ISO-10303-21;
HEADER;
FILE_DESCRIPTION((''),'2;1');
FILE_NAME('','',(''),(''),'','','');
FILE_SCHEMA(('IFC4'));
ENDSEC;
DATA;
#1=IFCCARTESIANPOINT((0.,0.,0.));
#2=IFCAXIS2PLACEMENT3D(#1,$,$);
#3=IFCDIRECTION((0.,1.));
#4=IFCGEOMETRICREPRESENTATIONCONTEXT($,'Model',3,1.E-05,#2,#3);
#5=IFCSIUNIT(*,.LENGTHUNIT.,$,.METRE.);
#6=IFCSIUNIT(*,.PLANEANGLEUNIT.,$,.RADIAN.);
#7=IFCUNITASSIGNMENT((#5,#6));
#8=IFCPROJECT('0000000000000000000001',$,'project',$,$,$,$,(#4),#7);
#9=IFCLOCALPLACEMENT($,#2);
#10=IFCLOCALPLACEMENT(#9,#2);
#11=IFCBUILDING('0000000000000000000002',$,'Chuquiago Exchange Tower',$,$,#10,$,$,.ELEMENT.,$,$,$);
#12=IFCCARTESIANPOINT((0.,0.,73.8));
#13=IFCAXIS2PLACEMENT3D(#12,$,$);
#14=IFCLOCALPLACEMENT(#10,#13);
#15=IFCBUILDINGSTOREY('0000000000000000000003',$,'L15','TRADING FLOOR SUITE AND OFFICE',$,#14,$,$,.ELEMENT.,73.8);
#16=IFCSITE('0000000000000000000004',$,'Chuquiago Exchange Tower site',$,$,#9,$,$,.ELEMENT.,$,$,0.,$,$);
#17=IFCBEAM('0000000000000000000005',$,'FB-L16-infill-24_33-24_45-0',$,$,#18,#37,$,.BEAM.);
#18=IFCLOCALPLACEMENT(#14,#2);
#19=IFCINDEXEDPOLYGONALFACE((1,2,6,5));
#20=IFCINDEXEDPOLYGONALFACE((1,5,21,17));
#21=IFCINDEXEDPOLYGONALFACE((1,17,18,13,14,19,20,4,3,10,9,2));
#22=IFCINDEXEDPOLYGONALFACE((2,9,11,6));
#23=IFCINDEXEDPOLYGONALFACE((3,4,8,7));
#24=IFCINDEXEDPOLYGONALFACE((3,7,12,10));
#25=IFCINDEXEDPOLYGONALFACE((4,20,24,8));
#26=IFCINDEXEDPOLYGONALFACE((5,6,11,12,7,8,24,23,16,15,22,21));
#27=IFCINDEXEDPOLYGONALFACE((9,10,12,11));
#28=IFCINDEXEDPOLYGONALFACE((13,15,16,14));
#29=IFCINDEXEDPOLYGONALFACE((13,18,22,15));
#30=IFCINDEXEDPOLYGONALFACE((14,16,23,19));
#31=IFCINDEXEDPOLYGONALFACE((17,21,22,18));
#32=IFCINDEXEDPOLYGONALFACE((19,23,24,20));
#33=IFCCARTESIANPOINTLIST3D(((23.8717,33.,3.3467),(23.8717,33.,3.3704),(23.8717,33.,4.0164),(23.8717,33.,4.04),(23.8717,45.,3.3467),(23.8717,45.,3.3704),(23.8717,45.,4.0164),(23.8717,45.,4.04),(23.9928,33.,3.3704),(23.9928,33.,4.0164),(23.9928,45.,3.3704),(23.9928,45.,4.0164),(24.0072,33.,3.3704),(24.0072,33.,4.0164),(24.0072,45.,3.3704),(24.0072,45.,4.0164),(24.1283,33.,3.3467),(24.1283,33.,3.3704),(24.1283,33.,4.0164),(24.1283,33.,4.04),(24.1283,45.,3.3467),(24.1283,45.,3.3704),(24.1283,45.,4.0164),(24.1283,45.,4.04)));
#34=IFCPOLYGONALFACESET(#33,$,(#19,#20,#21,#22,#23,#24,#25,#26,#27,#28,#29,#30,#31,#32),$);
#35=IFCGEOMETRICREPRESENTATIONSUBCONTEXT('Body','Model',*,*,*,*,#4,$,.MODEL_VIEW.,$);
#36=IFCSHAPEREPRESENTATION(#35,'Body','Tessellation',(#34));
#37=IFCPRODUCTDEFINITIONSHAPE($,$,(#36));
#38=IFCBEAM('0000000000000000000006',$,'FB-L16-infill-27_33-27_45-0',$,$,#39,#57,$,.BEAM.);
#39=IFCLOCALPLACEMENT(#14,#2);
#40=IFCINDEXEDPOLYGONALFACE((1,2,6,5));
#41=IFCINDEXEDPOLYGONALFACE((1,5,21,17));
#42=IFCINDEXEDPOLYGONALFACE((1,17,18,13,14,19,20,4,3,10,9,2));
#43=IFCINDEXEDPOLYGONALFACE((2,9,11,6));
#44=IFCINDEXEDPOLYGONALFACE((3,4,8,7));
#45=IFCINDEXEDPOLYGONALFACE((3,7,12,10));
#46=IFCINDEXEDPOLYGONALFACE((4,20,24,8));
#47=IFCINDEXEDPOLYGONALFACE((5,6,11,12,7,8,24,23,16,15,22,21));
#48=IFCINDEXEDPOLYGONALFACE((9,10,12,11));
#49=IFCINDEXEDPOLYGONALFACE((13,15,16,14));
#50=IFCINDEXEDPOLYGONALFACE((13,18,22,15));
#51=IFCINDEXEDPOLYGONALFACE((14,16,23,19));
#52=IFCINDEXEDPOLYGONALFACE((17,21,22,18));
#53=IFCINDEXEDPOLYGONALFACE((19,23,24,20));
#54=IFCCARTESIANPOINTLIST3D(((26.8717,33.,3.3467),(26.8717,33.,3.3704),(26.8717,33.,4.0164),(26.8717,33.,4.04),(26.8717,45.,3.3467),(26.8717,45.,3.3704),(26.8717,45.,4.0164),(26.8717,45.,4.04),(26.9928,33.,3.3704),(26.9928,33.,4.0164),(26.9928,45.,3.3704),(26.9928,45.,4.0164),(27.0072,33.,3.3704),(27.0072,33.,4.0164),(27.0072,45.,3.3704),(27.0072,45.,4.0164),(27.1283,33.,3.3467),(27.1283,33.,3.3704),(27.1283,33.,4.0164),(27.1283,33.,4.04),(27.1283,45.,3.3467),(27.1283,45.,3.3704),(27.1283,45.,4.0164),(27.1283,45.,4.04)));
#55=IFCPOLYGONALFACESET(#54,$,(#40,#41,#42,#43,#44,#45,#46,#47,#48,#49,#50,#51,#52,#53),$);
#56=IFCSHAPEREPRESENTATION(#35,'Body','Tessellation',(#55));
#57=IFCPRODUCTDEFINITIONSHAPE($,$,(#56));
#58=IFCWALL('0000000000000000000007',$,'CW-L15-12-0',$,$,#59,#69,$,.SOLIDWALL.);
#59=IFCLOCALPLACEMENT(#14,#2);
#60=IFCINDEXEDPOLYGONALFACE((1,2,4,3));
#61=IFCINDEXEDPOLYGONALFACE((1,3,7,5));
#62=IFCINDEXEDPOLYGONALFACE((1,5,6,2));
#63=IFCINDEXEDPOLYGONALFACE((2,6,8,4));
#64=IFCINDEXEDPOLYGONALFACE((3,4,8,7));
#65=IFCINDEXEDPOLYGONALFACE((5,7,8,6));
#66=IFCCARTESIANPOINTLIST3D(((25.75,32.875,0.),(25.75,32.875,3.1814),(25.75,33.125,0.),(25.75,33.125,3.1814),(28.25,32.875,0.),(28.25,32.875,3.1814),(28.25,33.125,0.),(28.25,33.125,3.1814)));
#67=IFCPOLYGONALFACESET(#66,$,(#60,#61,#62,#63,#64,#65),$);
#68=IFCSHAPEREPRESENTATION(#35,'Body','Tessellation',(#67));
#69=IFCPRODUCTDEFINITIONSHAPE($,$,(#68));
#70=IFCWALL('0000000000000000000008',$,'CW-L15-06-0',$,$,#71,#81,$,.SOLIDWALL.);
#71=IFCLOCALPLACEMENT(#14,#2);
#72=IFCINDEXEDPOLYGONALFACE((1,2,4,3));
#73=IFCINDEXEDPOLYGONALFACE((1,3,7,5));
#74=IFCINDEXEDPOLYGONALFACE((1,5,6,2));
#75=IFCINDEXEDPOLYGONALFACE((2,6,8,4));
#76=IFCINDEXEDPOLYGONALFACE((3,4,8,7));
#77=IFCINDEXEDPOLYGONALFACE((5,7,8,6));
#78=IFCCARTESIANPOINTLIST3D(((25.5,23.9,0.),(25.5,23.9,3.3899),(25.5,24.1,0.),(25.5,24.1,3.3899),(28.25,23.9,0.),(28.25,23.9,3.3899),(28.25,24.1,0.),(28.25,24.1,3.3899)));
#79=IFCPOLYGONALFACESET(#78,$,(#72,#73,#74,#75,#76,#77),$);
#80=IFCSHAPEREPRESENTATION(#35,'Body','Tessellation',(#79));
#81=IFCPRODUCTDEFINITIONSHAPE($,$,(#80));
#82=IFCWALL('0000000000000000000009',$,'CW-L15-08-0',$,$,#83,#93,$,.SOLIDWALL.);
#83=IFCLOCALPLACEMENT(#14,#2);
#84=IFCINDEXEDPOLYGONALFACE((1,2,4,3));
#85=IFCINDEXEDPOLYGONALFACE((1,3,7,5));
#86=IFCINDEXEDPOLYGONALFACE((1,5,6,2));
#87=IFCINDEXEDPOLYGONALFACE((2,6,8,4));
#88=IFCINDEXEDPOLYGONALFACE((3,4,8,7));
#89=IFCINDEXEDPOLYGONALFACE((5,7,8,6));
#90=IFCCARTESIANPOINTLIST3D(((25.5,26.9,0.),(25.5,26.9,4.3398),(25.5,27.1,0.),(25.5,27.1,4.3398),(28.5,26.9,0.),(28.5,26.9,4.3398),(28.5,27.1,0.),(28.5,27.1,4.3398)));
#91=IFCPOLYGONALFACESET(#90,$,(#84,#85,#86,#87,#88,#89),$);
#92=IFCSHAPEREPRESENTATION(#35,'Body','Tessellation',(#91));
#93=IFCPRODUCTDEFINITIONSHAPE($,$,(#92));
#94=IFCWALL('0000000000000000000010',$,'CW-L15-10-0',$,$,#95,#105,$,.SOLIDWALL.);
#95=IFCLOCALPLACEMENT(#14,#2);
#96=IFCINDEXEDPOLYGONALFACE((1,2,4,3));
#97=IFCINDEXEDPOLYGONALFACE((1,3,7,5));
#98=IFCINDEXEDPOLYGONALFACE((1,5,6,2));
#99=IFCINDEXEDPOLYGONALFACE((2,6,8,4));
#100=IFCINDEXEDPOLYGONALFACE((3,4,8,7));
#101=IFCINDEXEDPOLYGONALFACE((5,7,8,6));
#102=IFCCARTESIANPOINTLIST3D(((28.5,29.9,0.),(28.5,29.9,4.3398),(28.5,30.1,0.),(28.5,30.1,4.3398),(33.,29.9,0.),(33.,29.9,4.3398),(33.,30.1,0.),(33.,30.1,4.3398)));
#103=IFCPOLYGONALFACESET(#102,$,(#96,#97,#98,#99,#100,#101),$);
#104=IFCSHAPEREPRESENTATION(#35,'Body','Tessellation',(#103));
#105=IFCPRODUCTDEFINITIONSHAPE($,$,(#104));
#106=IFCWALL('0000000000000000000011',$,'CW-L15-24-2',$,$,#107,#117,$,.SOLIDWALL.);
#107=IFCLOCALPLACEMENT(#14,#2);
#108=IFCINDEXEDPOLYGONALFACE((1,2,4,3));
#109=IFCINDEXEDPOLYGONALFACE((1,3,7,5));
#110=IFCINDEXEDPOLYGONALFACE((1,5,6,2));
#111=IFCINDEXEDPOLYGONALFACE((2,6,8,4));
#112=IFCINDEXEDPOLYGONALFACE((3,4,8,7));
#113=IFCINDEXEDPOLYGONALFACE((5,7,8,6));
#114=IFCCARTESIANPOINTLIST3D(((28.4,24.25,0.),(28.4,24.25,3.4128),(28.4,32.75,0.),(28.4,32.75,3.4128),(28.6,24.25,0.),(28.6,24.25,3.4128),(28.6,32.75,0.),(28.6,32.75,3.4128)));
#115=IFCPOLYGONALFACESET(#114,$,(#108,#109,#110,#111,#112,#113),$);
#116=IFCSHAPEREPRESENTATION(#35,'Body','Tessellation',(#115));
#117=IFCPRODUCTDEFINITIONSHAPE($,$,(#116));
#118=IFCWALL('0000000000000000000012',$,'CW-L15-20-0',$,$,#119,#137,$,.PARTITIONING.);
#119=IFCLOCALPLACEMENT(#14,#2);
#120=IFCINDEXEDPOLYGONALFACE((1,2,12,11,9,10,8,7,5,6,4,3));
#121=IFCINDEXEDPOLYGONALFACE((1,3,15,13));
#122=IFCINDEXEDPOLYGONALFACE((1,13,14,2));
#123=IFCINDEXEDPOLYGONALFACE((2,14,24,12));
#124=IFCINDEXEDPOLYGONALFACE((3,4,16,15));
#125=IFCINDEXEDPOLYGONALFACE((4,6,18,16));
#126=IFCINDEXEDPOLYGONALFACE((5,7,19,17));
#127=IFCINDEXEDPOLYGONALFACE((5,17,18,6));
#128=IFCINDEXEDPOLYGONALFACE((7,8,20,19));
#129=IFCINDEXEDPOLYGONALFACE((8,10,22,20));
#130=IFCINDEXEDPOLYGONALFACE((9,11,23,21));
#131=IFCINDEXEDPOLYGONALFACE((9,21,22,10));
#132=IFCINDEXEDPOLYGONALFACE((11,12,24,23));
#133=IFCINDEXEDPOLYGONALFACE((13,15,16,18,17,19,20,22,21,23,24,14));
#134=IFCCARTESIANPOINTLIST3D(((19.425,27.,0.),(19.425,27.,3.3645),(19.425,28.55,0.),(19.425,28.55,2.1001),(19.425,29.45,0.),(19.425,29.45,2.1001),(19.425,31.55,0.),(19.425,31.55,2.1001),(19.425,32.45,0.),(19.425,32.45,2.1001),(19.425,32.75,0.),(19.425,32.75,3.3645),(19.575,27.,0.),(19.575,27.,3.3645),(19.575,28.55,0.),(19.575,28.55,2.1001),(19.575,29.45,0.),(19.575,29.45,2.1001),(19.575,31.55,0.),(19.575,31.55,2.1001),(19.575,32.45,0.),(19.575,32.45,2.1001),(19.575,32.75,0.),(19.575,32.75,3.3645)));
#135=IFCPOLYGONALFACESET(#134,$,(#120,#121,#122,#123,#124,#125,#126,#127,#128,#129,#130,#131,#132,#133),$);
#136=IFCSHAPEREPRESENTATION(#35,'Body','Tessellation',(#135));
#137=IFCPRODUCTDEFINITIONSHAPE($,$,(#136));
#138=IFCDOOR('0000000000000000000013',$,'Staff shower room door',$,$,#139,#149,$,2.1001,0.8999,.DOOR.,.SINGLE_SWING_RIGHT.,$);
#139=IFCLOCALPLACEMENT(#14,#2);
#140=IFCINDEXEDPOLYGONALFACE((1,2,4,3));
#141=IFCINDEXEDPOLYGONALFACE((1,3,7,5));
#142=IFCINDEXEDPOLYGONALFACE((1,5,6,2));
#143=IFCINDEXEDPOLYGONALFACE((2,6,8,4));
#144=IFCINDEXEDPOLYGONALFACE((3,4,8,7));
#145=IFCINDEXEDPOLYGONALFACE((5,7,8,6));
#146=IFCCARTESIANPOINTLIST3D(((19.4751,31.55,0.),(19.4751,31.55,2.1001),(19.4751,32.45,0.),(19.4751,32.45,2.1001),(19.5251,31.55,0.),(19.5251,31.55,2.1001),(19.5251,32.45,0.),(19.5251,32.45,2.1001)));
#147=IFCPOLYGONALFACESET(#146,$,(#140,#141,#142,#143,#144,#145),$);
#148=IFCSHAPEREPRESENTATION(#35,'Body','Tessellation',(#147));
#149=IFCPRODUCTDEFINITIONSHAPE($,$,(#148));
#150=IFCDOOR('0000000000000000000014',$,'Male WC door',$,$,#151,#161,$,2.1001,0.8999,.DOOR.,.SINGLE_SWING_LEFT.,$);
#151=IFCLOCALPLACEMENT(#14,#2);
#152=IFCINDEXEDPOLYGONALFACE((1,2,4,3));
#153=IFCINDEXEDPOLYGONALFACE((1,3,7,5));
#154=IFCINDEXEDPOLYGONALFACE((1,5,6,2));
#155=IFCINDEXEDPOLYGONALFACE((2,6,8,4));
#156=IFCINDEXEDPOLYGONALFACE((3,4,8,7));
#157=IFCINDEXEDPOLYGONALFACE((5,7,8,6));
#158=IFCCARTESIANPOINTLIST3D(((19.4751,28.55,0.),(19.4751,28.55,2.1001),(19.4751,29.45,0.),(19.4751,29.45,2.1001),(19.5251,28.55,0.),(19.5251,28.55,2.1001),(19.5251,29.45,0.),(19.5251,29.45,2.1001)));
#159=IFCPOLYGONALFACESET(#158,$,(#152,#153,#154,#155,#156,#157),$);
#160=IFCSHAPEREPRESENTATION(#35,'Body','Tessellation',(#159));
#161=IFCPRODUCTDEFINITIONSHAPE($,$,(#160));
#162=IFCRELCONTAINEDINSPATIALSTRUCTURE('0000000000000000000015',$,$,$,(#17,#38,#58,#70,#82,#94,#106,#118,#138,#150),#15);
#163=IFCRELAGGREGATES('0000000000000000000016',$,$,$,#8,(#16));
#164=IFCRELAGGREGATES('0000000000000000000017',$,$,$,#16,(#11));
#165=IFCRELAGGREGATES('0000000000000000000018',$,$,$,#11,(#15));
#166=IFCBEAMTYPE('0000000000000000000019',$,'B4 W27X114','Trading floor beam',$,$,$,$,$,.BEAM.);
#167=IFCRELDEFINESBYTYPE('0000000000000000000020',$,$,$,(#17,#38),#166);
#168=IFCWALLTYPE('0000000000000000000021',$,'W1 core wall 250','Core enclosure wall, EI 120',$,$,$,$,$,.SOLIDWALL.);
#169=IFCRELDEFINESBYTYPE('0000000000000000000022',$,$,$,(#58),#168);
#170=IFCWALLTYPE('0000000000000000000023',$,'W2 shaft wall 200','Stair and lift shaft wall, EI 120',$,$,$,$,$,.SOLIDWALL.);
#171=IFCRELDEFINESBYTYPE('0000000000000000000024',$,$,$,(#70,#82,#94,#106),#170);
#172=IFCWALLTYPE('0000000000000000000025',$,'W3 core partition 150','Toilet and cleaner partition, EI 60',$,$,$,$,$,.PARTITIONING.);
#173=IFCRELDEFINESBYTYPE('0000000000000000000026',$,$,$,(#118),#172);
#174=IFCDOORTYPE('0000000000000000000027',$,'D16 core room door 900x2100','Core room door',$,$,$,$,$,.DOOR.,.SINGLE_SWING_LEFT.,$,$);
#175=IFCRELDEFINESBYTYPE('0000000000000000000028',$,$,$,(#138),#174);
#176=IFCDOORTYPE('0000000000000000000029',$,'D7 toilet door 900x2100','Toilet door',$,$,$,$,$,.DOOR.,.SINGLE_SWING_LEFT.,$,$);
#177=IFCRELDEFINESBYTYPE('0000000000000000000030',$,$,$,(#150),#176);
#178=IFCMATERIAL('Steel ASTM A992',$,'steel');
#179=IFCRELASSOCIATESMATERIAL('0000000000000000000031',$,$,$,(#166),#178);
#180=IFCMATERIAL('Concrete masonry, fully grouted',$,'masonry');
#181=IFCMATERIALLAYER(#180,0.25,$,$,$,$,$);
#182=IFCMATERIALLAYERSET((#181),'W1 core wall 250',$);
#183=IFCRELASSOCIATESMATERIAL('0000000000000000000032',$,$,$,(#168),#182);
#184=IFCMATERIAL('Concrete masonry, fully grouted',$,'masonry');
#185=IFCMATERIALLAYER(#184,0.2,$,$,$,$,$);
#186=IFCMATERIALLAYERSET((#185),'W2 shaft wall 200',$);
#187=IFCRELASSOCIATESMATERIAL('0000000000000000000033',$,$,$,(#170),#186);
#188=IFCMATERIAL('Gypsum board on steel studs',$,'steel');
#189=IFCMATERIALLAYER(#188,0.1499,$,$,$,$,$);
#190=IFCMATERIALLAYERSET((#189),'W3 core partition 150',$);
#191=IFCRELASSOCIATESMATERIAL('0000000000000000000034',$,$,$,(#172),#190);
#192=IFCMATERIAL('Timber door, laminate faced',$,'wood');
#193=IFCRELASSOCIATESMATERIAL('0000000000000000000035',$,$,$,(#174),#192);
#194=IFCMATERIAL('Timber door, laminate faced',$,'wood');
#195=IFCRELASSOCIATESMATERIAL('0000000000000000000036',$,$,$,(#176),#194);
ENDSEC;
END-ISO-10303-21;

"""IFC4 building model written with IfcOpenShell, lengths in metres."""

from ifc_helpers import new_model, si_unit, direction, frame, frame_2d, origin, origin_2d, place, context, subcontext, project, spatial, rectangle, i_section, extrude, material, layer, layer_set, material_profile, profile_set, type_object, element, fill, save


model = new_model("IFC4")

# Units and contexts
model_context = context("Model", 3, precision=1e-05, world=origin(), true_north=direction((0.0, 1.0)))
body_context = subcontext(model_context, "Body", "Model", "MODEL_VIEW")
ifc_project = project(units=[si_unit("LENGTHUNIT", "METRE"), si_unit("PLANEANGLEUNIT", "RADIAN")], contexts=[model_context])

# Site, building, storey
site_placement = place(None, origin())
site = spatial("IfcSite", under=ifc_project, at=site_placement, Name="Chuquiago Exchange Tower site", CompositionType="ELEMENT", RefElevation=0.0)
building_placement = place(site_placement, origin())
building = spatial("IfcBuilding", under=site, at=building_placement, Name="Chuquiago Exchange Tower", CompositionType="ELEMENT")
storey_placement = place(building_placement, frame((0.0, 0.0, 73.8)))
storey = spatial("IfcBuildingStorey", under=building, at=storey_placement, Name="L15", Description="TRADING FLOOR SUITE AND OFFICE", CompositionType="ELEMENT", Elevation=73.8)

# Beams
ifc_material_1 = material(Name="Steel ASTM A992", Category="steel")
ifc_material_profile_1 = material_profile(ifc_material_1, i_section(OverallWidth=0.2566, OverallDepth=0.6934, WebThickness=0.0144, FlangeThickness=0.0237, at=origin_2d()), Name="W27X114")
ifc_profile_set_1 = profile_set([ifc_material_profile_1], Name="Steel ASTM A992")
beam_type_1 = type_object("IfcBeamType", Name="B4 W27X114", Description="Trading floor beam", PredefinedType="BEAM", material=ifc_profile_set_1)
for number, where, z_axis, x_axis, name in (
    (1, (24.0, 33.0, 3.6934), (0.0, 1.0, 0.0), (-1.0, 0.0, 0.0), "FB-L16-infill-24_33-24_45-0"),
    (2, (27.0, 33.0, 3.6934), (0.0, 1.0, 0.0), (-1.0, 0.0, 0.0), "FB-L16-infill-27_33-27_45-0"),
):
    element("IfcBeam", number, at=place(storey_placement, frame(where, z_axis=z_axis, x_axis=x_axis)), inside=storey, type_object=beam_type_1, Name=name, PredefinedType="BEAM", context=body_context, shape_type="SweptSolid", body=[
        extrude(i_section(OverallWidth=0.2566, OverallDepth=0.6934, WebThickness=0.0144, FlangeThickness=0.0237, at=origin_2d()), origin(), (0.0, 0.0, 1.0), 12.0),
    ])

# Walls
ifc_material_2 = material(Name="Concrete masonry, fully grouted", Category="masonry")
ifc_layer_1 = layer(ifc_material_2, 0.25)
ifc_layer_set_1 = layer_set([ifc_layer_1], Name="W1 core wall 250")
wall_type_1 = type_object("IfcWallType", Name="W1 core wall 250", Description="Core enclosure wall, EI 120", PredefinedType="SOLIDWALL", material=ifc_layer_set_1)
wall_1_placement = place(storey_placement, frame((25.75, 33.0, 0.0), z_axis=(0.0, 0.0, 1.0), x_axis=(1.0, 0.0, 0.0)))
element("IfcWall", 3, at=wall_1_placement, inside=storey, type_object=wall_type_1, Name="CW-L15-12-0", PredefinedType="SOLIDWALL", context=body_context, shape_type="SweptSolid", body=[
    extrude(rectangle(XDim=2.5, YDim=0.25, at=frame_2d((1.25, 0.0))), origin(), (0.0, 0.0, 1.0), 3.1814),
])
ifc_material_3 = material(Name="Concrete masonry, fully grouted", Category="masonry")
ifc_layer_2 = layer(ifc_material_3, 0.2)
ifc_layer_set_2 = layer_set([ifc_layer_2], Name="W2 shaft wall 200")
wall_type_2 = type_object("IfcWallType", Name="W2 shaft wall 200", Description="Stair and lift shaft wall, EI 120", PredefinedType="SOLIDWALL", material=ifc_layer_set_2)
wall_2_placement = place(storey_placement, frame((25.5, 24.0, 0.0), z_axis=(0.0, 0.0, 1.0), x_axis=(1.0, 0.0, 0.0)))
element("IfcWall", 4, at=wall_2_placement, inside=storey, type_object=wall_type_2, Name="CW-L15-06-0", PredefinedType="SOLIDWALL", context=body_context, shape_type="SweptSolid", body=[
    extrude(rectangle(XDim=2.75, YDim=0.2, at=frame_2d((1.375, 0.0))), origin(), (0.0, 0.0, 1.0), 3.3899),
])
wall_3_placement = place(storey_placement, frame((25.5, 27.0, 0.0), z_axis=(0.0, 0.0, 1.0), x_axis=(1.0, 0.0, 0.0)))
element("IfcWall", 5, at=wall_3_placement, inside=storey, type_object=wall_type_2, Name="CW-L15-08-0", PredefinedType="SOLIDWALL", context=body_context, shape_type="SweptSolid", body=[
    extrude(rectangle(XDim=3.0, YDim=0.2, at=frame_2d((1.5, 0.0))), origin(), (0.0, 0.0, 1.0), 4.3398),
])
wall_4_placement = place(storey_placement, frame((28.5, 30.0, 0.0), z_axis=(0.0, 0.0, 1.0), x_axis=(1.0, 0.0, 0.0)))
element("IfcWall", 6, at=wall_4_placement, inside=storey, type_object=wall_type_2, Name="CW-L15-10-0", PredefinedType="SOLIDWALL", context=body_context, shape_type="SweptSolid", body=[
    extrude(rectangle(XDim=4.5, YDim=0.2, at=frame_2d((2.25, 0.0))), origin(), (0.0, 0.0, 1.0), 4.3398),
])
wall_5_placement = place(storey_placement, frame((28.5, 24.25, 0.0), z_axis=(0.0, 0.0, 1.0), x_axis=(0.0, 1.0, 0.0)))
element("IfcWall", 7, at=wall_5_placement, inside=storey, type_object=wall_type_2, Name="CW-L15-24-2", PredefinedType="SOLIDWALL", context=body_context, shape_type="SweptSolid", body=[
    extrude(rectangle(XDim=8.5, YDim=0.2, at=frame_2d((4.25, 0.0))), origin(), (0.0, 0.0, 1.0), 3.4128),
])

# Wall, openings, doors
ifc_material_4 = material(Name="Gypsum board on steel studs", Category="steel")
ifc_layer_3 = layer(ifc_material_4, 0.1499)
ifc_layer_set_3 = layer_set([ifc_layer_3], Name="W3 core partition 150")
wall_type_3 = type_object("IfcWallType", Name="W3 core partition 150", Description="Toilet and cleaner partition, EI 60", PredefinedType="PARTITIONING", material=ifc_layer_set_3)
wall_6_placement = place(storey_placement, frame((19.5, 27.0, 0.0), z_axis=(0.0, 0.0, 1.0), x_axis=(0.0, 1.0, 0.0)))
wall_6 = element("IfcWall", 8, at=wall_6_placement, inside=storey, type_object=wall_type_3, Name="CW-L15-20-0", PredefinedType="PARTITIONING", context=body_context, shape_type="SweptSolid", body=[
    extrude(rectangle(XDim=5.75, YDim=0.1499, at=frame_2d((2.875, 0.0))), origin(), (0.0, 0.0, 1.0), 3.3645),
])
opening_1_placement = place(wall_6_placement, frame((1.55, 0.0, 0.0)))
opening_1 = element("IfcOpeningElement", 9, at=opening_1_placement, cuts=wall_6, PredefinedType="OPENING", context=body_context, shape_type="SweptSolid", body=[
    extrude(rectangle(XDim=0.8999, YDim=2.1001, at=frame_2d((0.45, 1.05))), frame((0.0, 0.085, 0.0), z_axis=(0.0, -1.0, 0.0), x_axis=(1.0, 0.0, 0.0)), (0.0, 0.0, 1.0), 0.1699),
])
opening_2_placement = place(wall_6_placement, frame((4.55, 0.0, 0.0)))
opening_2 = element("IfcOpeningElement", 10, at=opening_2_placement, cuts=wall_6, PredefinedType="OPENING", context=body_context, shape_type="SweptSolid", body=[
    extrude(rectangle(XDim=0.8999, YDim=2.1001, at=frame_2d((0.45, 1.05))), frame((0.0, 0.085, 0.0), z_axis=(0.0, -1.0, 0.0), x_axis=(1.0, 0.0, 0.0)), (0.0, 0.0, 1.0), 0.1699),
])
ifc_material_5 = material(Name="Timber door, laminate faced", Category="wood")
door_type_1 = type_object("IfcDoorType", Name="D16 core room door 900x2100", Description="Core room door", OperationType="SINGLE_SWING_LEFT", PredefinedType="DOOR", material=ifc_material_5)
door_1_placement = place(opening_2_placement, origin())
door_1 = element("IfcDoor", 11, at=door_1_placement, inside=storey, type_object=door_type_1, Name="Staff shower room door", OperationType="SINGLE_SWING_RIGHT", OverallHeight=2.1001, OverallWidth=0.8999, PredefinedType="DOOR", context=body_context, shape_type="SweptSolid", body=[
    extrude(rectangle(XDim=0.8999, YDim=2.1001, at=frame_2d((0.45, 1.05))), frame((0.0, 0.0249, 0.0), z_axis=(0.0, -1.0, 0.0), x_axis=(1.0, 0.0, 0.0)), (0.0, 0.0, 1.0), 0.05),
])
fill(opening_2, door_1)
ifc_material_6 = material(Name="Timber door, laminate faced", Category="wood")
door_type_2 = type_object("IfcDoorType", Name="D7 toilet door 900x2100", Description="Toilet door", OperationType="SINGLE_SWING_LEFT", PredefinedType="DOOR", material=ifc_material_6)
door_2_placement = place(opening_1_placement, origin())
door_2 = element("IfcDoor", 12, at=door_2_placement, inside=storey, type_object=door_type_2, Name="Male WC door", OperationType="SINGLE_SWING_LEFT", OverallHeight=2.1001, OverallWidth=0.8999, PredefinedType="DOOR", context=body_context, shape_type="SweptSolid", body=[
    extrude(rectangle(XDim=0.8999, YDim=2.1001, at=frame_2d((0.45, 1.05))), frame((0.0, 0.0249, 0.0), z_axis=(0.0, -1.0, 0.0), x_axis=(1.0, 0.0, 0.0)), (0.0, 0.0, 1.0), 0.05),
])
fill(opening_1, door_2)

save(model, "model.ifc")
